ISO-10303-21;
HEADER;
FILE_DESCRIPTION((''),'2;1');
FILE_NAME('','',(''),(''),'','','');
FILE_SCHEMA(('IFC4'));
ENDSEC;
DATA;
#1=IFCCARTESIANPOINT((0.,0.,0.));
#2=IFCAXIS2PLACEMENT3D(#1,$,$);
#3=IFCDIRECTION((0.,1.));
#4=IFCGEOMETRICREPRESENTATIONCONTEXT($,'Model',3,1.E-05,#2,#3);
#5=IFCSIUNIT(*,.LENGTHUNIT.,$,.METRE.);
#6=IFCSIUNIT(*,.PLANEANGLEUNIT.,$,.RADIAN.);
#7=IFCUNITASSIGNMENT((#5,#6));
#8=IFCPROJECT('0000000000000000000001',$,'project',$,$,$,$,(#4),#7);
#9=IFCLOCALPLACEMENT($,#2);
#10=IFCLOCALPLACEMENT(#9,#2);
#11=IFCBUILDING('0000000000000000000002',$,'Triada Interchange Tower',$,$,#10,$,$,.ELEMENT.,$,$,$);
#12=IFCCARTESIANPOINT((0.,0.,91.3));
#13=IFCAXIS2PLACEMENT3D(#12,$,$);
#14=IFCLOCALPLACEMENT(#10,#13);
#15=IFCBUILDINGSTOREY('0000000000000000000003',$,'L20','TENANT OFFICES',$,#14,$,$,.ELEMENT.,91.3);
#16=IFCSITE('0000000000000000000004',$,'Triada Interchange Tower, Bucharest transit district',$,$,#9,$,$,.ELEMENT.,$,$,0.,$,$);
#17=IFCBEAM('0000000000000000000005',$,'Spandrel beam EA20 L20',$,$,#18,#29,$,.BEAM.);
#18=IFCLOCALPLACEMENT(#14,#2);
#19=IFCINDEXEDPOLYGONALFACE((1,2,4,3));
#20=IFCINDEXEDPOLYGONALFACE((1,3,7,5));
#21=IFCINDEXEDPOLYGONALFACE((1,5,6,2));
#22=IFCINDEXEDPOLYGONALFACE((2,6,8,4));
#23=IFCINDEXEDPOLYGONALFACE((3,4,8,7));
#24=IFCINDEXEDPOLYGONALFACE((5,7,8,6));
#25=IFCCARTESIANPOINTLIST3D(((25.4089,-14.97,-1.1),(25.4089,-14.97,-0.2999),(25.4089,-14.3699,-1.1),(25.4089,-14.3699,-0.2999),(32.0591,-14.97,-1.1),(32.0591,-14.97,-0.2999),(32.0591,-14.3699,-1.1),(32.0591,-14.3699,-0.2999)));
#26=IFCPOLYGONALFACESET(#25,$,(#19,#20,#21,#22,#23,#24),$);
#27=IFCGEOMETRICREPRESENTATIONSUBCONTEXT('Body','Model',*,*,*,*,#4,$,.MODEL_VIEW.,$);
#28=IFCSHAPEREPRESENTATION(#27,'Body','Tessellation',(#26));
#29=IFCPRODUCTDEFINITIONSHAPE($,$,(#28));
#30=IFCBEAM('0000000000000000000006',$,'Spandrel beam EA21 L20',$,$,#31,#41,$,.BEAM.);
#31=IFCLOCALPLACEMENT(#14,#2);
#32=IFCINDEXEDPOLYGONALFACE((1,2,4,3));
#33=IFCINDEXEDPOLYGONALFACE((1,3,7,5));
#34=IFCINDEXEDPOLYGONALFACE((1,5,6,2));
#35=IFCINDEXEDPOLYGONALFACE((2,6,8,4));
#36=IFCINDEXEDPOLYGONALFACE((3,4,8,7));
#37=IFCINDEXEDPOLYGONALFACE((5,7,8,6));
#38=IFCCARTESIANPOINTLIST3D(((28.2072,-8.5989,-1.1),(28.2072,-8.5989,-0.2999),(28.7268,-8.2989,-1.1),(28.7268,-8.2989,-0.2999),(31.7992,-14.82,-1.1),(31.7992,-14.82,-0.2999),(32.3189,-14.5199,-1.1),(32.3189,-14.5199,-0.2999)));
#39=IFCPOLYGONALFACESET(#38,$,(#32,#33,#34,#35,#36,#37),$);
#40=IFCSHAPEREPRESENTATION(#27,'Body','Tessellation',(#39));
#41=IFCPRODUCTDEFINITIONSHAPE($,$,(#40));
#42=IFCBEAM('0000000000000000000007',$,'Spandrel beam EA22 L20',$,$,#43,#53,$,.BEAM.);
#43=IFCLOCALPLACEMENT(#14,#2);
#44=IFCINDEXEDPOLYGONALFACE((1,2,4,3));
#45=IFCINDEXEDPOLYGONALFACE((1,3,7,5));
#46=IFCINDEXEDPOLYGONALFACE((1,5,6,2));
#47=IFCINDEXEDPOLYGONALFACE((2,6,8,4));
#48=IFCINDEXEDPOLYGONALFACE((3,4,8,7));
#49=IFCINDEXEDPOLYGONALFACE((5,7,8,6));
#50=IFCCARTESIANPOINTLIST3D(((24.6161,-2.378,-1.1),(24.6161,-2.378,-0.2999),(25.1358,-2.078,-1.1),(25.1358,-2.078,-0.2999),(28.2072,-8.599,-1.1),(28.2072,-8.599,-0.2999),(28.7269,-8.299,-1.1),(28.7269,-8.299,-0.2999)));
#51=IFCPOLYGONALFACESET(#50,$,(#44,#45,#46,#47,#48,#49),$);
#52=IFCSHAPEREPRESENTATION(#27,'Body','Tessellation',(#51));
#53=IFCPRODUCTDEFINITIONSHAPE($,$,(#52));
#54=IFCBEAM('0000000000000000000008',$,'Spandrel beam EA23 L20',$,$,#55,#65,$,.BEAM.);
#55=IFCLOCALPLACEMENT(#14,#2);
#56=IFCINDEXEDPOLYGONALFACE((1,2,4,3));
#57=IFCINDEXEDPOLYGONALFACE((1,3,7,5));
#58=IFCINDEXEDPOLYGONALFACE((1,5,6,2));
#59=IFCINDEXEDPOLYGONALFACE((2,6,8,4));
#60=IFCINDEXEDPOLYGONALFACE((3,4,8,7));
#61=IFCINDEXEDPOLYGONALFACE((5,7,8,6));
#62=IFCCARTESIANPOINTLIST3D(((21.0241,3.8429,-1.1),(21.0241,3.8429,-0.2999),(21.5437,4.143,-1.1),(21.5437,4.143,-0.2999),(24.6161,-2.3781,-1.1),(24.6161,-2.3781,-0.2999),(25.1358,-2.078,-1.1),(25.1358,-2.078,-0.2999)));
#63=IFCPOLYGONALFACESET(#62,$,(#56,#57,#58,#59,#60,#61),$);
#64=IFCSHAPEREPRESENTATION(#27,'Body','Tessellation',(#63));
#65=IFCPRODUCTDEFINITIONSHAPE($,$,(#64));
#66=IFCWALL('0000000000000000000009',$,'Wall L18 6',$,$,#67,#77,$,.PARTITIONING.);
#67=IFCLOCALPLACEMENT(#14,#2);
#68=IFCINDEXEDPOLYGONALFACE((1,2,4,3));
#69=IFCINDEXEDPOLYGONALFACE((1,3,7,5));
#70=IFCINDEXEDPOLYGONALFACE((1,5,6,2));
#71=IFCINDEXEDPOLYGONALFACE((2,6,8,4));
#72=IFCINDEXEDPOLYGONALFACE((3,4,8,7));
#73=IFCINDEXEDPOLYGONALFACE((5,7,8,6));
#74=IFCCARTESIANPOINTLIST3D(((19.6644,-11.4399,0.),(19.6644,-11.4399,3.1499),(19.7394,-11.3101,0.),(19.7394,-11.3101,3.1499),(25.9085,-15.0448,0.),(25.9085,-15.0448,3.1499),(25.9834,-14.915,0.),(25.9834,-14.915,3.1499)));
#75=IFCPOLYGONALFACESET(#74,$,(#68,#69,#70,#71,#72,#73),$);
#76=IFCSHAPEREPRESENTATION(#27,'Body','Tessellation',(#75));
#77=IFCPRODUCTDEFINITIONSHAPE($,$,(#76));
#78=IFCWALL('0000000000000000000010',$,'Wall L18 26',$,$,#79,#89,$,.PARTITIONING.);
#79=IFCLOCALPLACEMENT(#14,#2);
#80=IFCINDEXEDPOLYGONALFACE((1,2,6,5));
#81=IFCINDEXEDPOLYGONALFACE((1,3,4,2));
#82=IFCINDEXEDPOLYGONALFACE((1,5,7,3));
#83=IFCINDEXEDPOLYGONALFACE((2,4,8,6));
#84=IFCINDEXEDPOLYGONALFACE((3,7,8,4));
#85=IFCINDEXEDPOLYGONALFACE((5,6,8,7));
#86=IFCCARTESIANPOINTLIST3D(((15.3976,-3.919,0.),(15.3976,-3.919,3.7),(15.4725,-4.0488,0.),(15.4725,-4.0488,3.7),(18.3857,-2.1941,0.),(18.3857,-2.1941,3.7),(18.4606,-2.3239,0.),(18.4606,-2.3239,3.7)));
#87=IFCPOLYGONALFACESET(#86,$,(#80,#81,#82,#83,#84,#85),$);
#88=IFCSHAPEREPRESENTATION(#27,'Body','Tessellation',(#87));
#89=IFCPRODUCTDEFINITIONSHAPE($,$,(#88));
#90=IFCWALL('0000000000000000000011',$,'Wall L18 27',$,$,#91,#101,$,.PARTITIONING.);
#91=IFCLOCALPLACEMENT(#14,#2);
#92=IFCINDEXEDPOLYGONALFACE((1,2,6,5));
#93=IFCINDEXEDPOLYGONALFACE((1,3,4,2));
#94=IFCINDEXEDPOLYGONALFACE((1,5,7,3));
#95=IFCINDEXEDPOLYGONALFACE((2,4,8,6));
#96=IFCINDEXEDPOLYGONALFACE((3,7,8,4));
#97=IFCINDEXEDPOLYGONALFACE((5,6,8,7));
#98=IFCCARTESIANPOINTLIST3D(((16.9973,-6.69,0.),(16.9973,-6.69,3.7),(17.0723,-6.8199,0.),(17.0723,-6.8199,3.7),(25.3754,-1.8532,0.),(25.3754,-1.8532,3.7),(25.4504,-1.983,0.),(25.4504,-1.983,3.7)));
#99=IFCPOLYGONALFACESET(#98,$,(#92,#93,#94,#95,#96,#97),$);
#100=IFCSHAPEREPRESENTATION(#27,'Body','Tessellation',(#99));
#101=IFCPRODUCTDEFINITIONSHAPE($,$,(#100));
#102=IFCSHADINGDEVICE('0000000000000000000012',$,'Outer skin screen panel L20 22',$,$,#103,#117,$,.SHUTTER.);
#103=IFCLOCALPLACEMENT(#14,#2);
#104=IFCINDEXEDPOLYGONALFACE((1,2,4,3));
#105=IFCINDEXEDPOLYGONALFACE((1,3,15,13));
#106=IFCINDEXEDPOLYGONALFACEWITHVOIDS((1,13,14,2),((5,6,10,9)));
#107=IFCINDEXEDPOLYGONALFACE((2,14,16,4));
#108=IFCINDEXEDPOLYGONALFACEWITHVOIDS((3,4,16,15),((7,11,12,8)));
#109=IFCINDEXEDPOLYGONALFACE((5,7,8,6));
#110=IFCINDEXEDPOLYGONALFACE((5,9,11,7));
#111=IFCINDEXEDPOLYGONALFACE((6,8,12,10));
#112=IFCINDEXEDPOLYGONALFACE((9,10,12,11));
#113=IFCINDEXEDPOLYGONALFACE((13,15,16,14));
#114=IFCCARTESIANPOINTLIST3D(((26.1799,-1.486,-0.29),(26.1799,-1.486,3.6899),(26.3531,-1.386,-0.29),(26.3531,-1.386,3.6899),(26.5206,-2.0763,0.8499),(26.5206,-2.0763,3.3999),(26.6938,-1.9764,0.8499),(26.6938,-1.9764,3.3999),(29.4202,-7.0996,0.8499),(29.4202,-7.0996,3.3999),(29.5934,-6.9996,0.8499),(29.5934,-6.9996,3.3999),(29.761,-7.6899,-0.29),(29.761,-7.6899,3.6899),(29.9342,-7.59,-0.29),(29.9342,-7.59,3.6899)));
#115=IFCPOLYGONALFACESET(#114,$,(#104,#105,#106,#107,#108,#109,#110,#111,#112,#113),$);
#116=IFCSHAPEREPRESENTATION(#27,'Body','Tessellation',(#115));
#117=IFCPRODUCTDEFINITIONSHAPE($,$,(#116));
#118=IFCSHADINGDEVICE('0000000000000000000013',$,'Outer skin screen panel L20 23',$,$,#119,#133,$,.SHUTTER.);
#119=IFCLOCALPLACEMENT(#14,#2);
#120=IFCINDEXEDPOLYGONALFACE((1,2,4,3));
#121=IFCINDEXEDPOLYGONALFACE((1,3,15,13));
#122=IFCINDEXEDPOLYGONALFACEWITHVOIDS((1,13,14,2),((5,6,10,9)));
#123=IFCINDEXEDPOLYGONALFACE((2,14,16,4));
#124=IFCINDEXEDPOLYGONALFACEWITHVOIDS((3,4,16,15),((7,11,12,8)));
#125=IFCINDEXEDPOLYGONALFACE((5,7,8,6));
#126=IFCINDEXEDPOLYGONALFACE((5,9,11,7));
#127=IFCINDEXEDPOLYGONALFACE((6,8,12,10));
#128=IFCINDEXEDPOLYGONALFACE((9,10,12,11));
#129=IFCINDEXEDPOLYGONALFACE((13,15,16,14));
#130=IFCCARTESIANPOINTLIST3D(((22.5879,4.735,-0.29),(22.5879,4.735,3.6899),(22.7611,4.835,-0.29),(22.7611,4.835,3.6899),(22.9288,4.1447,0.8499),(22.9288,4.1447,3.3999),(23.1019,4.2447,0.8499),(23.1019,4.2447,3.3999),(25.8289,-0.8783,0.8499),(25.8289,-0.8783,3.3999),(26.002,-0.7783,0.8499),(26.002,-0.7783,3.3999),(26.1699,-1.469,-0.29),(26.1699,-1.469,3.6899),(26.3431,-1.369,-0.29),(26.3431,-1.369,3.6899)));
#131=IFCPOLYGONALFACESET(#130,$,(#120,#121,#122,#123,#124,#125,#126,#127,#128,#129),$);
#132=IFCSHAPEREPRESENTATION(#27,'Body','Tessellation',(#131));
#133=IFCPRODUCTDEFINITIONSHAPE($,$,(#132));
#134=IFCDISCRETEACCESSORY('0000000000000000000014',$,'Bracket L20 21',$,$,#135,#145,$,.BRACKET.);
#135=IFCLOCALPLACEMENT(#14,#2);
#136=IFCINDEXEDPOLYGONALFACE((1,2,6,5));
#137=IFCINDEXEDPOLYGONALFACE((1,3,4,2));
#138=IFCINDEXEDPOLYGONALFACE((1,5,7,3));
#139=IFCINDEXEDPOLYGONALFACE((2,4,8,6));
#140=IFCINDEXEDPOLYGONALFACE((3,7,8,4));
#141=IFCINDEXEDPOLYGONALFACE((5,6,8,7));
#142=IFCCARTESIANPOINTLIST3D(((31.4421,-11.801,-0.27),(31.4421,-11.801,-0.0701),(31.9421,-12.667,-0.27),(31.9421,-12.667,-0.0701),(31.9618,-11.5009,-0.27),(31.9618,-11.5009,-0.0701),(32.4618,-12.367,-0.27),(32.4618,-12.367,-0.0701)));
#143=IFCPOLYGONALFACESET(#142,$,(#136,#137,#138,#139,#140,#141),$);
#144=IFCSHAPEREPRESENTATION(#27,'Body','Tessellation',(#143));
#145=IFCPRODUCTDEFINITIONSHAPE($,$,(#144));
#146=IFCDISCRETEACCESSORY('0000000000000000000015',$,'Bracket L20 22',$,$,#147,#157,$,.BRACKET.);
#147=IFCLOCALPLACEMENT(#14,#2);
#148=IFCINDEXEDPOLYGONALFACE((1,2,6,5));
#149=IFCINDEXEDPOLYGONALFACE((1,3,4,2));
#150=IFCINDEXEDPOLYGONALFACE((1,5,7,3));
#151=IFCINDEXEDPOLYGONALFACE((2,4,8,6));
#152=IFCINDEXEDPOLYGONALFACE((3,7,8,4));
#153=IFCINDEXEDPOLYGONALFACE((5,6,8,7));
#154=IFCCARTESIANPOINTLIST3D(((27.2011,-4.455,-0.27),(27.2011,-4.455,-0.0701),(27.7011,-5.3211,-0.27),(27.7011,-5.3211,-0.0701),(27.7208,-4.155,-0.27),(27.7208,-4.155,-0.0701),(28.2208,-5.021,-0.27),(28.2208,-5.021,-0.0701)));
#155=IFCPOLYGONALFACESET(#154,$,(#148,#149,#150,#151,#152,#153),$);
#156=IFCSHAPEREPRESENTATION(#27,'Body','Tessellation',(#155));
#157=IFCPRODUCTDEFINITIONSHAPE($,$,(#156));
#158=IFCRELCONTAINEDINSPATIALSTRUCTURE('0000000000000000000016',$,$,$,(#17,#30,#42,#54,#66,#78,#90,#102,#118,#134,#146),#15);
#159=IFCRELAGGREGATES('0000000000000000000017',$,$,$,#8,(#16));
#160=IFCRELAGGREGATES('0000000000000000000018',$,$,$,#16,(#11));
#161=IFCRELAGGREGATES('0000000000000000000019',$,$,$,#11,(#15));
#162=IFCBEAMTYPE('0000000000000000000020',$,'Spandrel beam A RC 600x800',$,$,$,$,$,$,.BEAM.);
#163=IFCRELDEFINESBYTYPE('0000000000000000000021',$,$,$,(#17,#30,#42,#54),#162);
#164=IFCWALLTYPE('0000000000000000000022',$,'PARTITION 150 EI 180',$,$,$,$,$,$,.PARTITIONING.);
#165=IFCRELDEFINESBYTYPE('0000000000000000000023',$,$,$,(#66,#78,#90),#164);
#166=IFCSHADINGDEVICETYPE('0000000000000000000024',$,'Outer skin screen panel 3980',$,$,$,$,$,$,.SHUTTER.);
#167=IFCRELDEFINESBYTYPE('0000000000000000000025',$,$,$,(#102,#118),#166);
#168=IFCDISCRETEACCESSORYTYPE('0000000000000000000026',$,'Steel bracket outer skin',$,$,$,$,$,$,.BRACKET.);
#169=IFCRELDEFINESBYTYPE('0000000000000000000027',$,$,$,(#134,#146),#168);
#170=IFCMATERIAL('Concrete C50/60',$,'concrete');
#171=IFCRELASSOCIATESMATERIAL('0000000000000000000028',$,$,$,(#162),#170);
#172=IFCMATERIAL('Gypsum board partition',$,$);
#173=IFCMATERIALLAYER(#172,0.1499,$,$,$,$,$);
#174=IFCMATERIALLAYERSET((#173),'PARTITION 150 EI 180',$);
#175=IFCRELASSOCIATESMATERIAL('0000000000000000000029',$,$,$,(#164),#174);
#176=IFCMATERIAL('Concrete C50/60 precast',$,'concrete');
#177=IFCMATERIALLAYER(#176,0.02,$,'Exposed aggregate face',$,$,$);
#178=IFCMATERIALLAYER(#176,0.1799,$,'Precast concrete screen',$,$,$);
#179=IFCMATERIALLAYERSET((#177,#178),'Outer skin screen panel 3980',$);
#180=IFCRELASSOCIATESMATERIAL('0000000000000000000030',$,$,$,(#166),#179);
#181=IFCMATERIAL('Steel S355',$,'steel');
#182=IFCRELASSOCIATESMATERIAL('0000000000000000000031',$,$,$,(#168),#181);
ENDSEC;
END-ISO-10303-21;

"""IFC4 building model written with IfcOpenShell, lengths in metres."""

from ifc_helpers import new_model, si_unit, direction, frame, frame_2d, origin, origin_2d, place, context, subcontext, project, spatial, polyline, rectangle, outline, extrude, material, layer, layer_set, material_profile, profile_set, type_object, element, save


model = new_model("IFC4")

# Units and contexts
model_context = context("Model", 3, precision=1e-05, world=origin(), true_north=direction((0.0, 1.0)))
body_context = subcontext(model_context, "Body", "Model", "MODEL_VIEW")
ifc_project = project(units=[si_unit("LENGTHUNIT", "METRE"), si_unit("PLANEANGLEUNIT", "RADIAN")], contexts=[model_context])

# Site, building, storey
site_placement = place(None, origin())
site = spatial("IfcSite", under=ifc_project, at=site_placement, Name="Triada Interchange Tower, Bucharest transit district", CompositionType="ELEMENT", RefElevation=0.0)
building_placement = place(site_placement, origin())
building = spatial("IfcBuilding", under=site, at=building_placement, Name="Triada Interchange Tower", CompositionType="ELEMENT")
storey_placement = place(building_placement, frame((0.0, 0.0, 91.3)))
storey = spatial("IfcBuildingStorey", under=building, at=storey_placement, Name="L20", Description="TENANT OFFICES", CompositionType="ELEMENT", Elevation=91.3)

# Beams
ifc_material_1 = material(Name="Concrete C50/60", Category="concrete")
ifc_material_profile_1 = material_profile(ifc_material_1, rectangle(XDim=0.6001, YDim=0.8, at=origin_2d()), Name="RC 600x800")
ifc_profile_set_1 = profile_set([ifc_material_profile_1], Name="Concrete C50/60")
beam_type_1 = type_object("IfcBeamType", Name="Spandrel beam A RC 600x800", PredefinedType="BEAM", material=ifc_profile_set_1)
beam_1_placement = place(storey_placement, frame((25.4089, -14.6699, -0.7), z_axis=(1.0, 0.0, 0.0), x_axis=(0.0, 1.0, 0.0)))
element("IfcBeam", 1, at=beam_1_placement, inside=storey, type_object=beam_type_1, Name="Spandrel beam EA20 L20", PredefinedType="BEAM", context=body_context, shape_type="SweptSolid", body=[
    extrude(rectangle(XDim=0.6001, YDim=0.8, at=origin_2d()), origin(), (0.0, 0.0, 1.0), 6.6501),
])
beam_2_placement = place(storey_placement, frame((32.0591, -14.6699, -0.7), z_axis=(-0.500039, 0.866003, 0.0), x_axis=(-0.866003, -0.500039, 0.0)))
element("IfcBeam", 2, at=beam_2_placement, inside=storey, type_object=beam_type_1, Name="Spandrel beam EA21 L20", PredefinedType="BEAM", context=body_context, shape_type="SweptSolid", body=[
    extrude(rectangle(XDim=0.6001, YDim=0.8, at=origin_2d()), origin(), (0.0, 0.0, 1.0), 7.1836),
])
beam_3_placement = place(storey_placement, frame((28.467, -8.449, -0.7), z_axis=(-0.499937, 0.866062, 0.0), x_axis=(-0.866062, -0.499937, 0.0)))
element("IfcBeam", 3, at=beam_3_placement, inside=storey, type_object=beam_type_1, Name="Spandrel beam EA22 L20", PredefinedType="BEAM", context=body_context, shape_type="SweptSolid", body=[
    extrude(rectangle(XDim=0.6001, YDim=0.8, at=origin_2d()), origin(), (0.0, 0.0, 1.0), 7.1831),
])
beam_4_placement = place(storey_placement, frame((24.876, -2.228, -0.7), z_axis=(-0.500039, 0.866003, 0.0), x_axis=(-0.866003, -0.500039, 0.0)))
element("IfcBeam", 4, at=beam_4_placement, inside=storey, type_object=beam_type_1, Name="Spandrel beam EA23 L20", PredefinedType="BEAM", context=body_context, shape_type="SweptSolid", body=[
    extrude(rectangle(XDim=0.6001, YDim=0.8, at=origin_2d()), origin(), (0.0, 0.0, 1.0), 7.1836),
])

# Walls
ifc_material_2 = material(Name="Gypsum board partition")
ifc_layer_1 = layer(ifc_material_2, 0.1499)
ifc_layer_set_1 = layer_set([ifc_layer_1], Name="PARTITION 150 EI 180")
wall_type = type_object("IfcWallType", Name="PARTITION 150 EI 180", PredefinedType="PARTITIONING", material=ifc_layer_set_1)
wall_1_placement = place(storey_placement, frame((19.7019, -11.375, 0.0), z_axis=(0.0, 0.0, 1.0), x_axis=(0.86603, -0.499992, 0.0)))
element("IfcWall", 5, at=wall_1_placement, inside=storey, type_object=wall_type, Name="Wall L18 6", PredefinedType="PARTITIONING", context=body_context, shape_type="SweptSolid", body=[
    extrude(rectangle(XDim=7.21, YDim=0.1499, at=frame_2d((3.605, 0.0))), origin(), (0.0, 0.0, 1.0), 3.1499),
])
wall_2_placement = place(storey_placement, frame((15.4351, -3.9839, 0.0), z_axis=(0.0, 0.0, 1.0), x_axis=(0.866062, 0.499937, 0.0)))
element("IfcWall", 6, at=wall_2_placement, inside=storey, type_object=wall_type, Name="Wall L18 26", PredefinedType="PARTITIONING", context=body_context, shape_type="SweptSolid", body=[
    extrude(rectangle(XDim=3.4502, YDim=0.1499, at=frame_2d((1.7251, 0.0))), origin(), (0.0, 0.0, 1.0), 3.7),
])
wall_3_placement = place(storey_placement, frame((17.0349, -6.7549, 0.0), z_axis=(0.0, 0.0, 1.0), x_axis=(0.866036, 0.499982, 0.0)))
element("IfcWall", 7, at=wall_3_placement, inside=storey, type_object=wall_type, Name="Wall L18 27", PredefinedType="PARTITIONING", context=body_context, shape_type="SweptSolid", body=[
    extrude(rectangle(XDim=9.6741, YDim=0.1499, at=frame_2d((4.8369, 0.0))), origin(), (0.0, 0.0, 1.0), 3.7),
])

# Shading devices
ifc_material_3 = material(Name="Concrete C50/60 precast", Category="concrete")
ifc_layer_2 = layer(ifc_material_3, 0.02, Name="Exposed aggregate face")
ifc_layer_3 = layer(ifc_material_3, 0.1799, Name="Precast concrete screen")
ifc_layer_set_2 = layer_set([ifc_layer_2, ifc_layer_3], Name="Outer skin screen panel 3980")
shading_device_type = type_object("IfcShadingDeviceType", Name="Outer skin screen panel 3980", PredefinedType="SHUTTER", material=ifc_layer_set_2)
shading_device_1_placement = place(storey_placement, frame((29.761, -7.6899, -0.29), z_axis=(0.0, 0.0, 1.0), x_axis=(-0.499922, 0.86607, 0.0)))
element("IfcShadingDevice", 8, at=shading_device_1_placement, inside=storey, type_object=shading_device_type, Name="Outer skin screen panel L20 22", PredefinedType="SHUTTER", context=body_context, shape_type="SweptSolid", body=[
    extrude(outline(polyline([(0.0, 0.0), (7.1633, 0.0), (7.1633, 3.98), (0.0, 3.98), (0.0, 0.0)]), holes=[polyline([(0.6816, 1.1399), (0.6816, 3.6899), (6.4817, 3.6899), (6.4817, 1.1399), (0.6816, 1.1399)])]), frame((0.0, 0.0, 0.0), z_axis=(0.0, -1.0, 0.0), x_axis=(1.0, 0.0, 0.0)), (0.0, 0.0, 1.0), 0.2),
])
shading_device_2_placement = place(storey_placement, frame((26.1699, -1.469, -0.29), z_axis=(0.0, 0.0, 1.0), x_axis=(-0.50001, 0.86602, 0.0)))
element("IfcShadingDevice", 9, at=shading_device_2_placement, inside=storey, type_object=shading_device_type, Name="Outer skin screen panel L20 23", PredefinedType="SHUTTER", context=body_context, shape_type="SweptSolid", body=[
    extrude(outline(polyline([(0.0, 0.0), (7.1638, 0.0), (7.1638, 3.98), (0.0, 3.98), (0.0, 0.0)]), holes=[polyline([(0.6821, 1.1399), (0.6821, 3.6899), (6.4822, 3.6899), (6.4822, 1.1399), (0.6821, 1.1399)])]), frame((0.0, 0.0, 0.0), z_axis=(0.0, -1.0, 0.0), x_axis=(1.0, 0.0, 0.0)), (0.0, 0.0, 1.0), 0.2),
])

# Discrete accessories
ifc_material_4 = material(Name="Steel S355", Category="steel")
discrete_accessory_type = type_object("IfcDiscreteAccessoryType", Name="Steel bracket outer skin", PredefinedType="BRACKET", material=ifc_material_4)
for number, where, z_axis, x_axis, name in (
    (10, (31.9519, -12.084, -0.27), (0.0, 0.0, 1.0), (0.866025, 0.5, 0.0), "Bracket L20 21"),
    (11, (27.7109, -4.738, -0.27), (0.0, 0.0, 1.0), (0.866025, 0.5, 0.0), "Bracket L20 22"),
):
    element("IfcDiscreteAccessory", number, at=place(storey_placement, frame(where, z_axis=z_axis, x_axis=x_axis)), inside=storey, type_object=discrete_accessory_type, Name=name, PredefinedType="BRACKET", context=body_context, shape_type="SweptSolid", body=[
        extrude(rectangle(XDim=0.6001, YDim=1.0, at=origin_2d()), origin(), (0.0, 0.0, 1.0), 0.2),
    ])

save(model, "model.ifc")
